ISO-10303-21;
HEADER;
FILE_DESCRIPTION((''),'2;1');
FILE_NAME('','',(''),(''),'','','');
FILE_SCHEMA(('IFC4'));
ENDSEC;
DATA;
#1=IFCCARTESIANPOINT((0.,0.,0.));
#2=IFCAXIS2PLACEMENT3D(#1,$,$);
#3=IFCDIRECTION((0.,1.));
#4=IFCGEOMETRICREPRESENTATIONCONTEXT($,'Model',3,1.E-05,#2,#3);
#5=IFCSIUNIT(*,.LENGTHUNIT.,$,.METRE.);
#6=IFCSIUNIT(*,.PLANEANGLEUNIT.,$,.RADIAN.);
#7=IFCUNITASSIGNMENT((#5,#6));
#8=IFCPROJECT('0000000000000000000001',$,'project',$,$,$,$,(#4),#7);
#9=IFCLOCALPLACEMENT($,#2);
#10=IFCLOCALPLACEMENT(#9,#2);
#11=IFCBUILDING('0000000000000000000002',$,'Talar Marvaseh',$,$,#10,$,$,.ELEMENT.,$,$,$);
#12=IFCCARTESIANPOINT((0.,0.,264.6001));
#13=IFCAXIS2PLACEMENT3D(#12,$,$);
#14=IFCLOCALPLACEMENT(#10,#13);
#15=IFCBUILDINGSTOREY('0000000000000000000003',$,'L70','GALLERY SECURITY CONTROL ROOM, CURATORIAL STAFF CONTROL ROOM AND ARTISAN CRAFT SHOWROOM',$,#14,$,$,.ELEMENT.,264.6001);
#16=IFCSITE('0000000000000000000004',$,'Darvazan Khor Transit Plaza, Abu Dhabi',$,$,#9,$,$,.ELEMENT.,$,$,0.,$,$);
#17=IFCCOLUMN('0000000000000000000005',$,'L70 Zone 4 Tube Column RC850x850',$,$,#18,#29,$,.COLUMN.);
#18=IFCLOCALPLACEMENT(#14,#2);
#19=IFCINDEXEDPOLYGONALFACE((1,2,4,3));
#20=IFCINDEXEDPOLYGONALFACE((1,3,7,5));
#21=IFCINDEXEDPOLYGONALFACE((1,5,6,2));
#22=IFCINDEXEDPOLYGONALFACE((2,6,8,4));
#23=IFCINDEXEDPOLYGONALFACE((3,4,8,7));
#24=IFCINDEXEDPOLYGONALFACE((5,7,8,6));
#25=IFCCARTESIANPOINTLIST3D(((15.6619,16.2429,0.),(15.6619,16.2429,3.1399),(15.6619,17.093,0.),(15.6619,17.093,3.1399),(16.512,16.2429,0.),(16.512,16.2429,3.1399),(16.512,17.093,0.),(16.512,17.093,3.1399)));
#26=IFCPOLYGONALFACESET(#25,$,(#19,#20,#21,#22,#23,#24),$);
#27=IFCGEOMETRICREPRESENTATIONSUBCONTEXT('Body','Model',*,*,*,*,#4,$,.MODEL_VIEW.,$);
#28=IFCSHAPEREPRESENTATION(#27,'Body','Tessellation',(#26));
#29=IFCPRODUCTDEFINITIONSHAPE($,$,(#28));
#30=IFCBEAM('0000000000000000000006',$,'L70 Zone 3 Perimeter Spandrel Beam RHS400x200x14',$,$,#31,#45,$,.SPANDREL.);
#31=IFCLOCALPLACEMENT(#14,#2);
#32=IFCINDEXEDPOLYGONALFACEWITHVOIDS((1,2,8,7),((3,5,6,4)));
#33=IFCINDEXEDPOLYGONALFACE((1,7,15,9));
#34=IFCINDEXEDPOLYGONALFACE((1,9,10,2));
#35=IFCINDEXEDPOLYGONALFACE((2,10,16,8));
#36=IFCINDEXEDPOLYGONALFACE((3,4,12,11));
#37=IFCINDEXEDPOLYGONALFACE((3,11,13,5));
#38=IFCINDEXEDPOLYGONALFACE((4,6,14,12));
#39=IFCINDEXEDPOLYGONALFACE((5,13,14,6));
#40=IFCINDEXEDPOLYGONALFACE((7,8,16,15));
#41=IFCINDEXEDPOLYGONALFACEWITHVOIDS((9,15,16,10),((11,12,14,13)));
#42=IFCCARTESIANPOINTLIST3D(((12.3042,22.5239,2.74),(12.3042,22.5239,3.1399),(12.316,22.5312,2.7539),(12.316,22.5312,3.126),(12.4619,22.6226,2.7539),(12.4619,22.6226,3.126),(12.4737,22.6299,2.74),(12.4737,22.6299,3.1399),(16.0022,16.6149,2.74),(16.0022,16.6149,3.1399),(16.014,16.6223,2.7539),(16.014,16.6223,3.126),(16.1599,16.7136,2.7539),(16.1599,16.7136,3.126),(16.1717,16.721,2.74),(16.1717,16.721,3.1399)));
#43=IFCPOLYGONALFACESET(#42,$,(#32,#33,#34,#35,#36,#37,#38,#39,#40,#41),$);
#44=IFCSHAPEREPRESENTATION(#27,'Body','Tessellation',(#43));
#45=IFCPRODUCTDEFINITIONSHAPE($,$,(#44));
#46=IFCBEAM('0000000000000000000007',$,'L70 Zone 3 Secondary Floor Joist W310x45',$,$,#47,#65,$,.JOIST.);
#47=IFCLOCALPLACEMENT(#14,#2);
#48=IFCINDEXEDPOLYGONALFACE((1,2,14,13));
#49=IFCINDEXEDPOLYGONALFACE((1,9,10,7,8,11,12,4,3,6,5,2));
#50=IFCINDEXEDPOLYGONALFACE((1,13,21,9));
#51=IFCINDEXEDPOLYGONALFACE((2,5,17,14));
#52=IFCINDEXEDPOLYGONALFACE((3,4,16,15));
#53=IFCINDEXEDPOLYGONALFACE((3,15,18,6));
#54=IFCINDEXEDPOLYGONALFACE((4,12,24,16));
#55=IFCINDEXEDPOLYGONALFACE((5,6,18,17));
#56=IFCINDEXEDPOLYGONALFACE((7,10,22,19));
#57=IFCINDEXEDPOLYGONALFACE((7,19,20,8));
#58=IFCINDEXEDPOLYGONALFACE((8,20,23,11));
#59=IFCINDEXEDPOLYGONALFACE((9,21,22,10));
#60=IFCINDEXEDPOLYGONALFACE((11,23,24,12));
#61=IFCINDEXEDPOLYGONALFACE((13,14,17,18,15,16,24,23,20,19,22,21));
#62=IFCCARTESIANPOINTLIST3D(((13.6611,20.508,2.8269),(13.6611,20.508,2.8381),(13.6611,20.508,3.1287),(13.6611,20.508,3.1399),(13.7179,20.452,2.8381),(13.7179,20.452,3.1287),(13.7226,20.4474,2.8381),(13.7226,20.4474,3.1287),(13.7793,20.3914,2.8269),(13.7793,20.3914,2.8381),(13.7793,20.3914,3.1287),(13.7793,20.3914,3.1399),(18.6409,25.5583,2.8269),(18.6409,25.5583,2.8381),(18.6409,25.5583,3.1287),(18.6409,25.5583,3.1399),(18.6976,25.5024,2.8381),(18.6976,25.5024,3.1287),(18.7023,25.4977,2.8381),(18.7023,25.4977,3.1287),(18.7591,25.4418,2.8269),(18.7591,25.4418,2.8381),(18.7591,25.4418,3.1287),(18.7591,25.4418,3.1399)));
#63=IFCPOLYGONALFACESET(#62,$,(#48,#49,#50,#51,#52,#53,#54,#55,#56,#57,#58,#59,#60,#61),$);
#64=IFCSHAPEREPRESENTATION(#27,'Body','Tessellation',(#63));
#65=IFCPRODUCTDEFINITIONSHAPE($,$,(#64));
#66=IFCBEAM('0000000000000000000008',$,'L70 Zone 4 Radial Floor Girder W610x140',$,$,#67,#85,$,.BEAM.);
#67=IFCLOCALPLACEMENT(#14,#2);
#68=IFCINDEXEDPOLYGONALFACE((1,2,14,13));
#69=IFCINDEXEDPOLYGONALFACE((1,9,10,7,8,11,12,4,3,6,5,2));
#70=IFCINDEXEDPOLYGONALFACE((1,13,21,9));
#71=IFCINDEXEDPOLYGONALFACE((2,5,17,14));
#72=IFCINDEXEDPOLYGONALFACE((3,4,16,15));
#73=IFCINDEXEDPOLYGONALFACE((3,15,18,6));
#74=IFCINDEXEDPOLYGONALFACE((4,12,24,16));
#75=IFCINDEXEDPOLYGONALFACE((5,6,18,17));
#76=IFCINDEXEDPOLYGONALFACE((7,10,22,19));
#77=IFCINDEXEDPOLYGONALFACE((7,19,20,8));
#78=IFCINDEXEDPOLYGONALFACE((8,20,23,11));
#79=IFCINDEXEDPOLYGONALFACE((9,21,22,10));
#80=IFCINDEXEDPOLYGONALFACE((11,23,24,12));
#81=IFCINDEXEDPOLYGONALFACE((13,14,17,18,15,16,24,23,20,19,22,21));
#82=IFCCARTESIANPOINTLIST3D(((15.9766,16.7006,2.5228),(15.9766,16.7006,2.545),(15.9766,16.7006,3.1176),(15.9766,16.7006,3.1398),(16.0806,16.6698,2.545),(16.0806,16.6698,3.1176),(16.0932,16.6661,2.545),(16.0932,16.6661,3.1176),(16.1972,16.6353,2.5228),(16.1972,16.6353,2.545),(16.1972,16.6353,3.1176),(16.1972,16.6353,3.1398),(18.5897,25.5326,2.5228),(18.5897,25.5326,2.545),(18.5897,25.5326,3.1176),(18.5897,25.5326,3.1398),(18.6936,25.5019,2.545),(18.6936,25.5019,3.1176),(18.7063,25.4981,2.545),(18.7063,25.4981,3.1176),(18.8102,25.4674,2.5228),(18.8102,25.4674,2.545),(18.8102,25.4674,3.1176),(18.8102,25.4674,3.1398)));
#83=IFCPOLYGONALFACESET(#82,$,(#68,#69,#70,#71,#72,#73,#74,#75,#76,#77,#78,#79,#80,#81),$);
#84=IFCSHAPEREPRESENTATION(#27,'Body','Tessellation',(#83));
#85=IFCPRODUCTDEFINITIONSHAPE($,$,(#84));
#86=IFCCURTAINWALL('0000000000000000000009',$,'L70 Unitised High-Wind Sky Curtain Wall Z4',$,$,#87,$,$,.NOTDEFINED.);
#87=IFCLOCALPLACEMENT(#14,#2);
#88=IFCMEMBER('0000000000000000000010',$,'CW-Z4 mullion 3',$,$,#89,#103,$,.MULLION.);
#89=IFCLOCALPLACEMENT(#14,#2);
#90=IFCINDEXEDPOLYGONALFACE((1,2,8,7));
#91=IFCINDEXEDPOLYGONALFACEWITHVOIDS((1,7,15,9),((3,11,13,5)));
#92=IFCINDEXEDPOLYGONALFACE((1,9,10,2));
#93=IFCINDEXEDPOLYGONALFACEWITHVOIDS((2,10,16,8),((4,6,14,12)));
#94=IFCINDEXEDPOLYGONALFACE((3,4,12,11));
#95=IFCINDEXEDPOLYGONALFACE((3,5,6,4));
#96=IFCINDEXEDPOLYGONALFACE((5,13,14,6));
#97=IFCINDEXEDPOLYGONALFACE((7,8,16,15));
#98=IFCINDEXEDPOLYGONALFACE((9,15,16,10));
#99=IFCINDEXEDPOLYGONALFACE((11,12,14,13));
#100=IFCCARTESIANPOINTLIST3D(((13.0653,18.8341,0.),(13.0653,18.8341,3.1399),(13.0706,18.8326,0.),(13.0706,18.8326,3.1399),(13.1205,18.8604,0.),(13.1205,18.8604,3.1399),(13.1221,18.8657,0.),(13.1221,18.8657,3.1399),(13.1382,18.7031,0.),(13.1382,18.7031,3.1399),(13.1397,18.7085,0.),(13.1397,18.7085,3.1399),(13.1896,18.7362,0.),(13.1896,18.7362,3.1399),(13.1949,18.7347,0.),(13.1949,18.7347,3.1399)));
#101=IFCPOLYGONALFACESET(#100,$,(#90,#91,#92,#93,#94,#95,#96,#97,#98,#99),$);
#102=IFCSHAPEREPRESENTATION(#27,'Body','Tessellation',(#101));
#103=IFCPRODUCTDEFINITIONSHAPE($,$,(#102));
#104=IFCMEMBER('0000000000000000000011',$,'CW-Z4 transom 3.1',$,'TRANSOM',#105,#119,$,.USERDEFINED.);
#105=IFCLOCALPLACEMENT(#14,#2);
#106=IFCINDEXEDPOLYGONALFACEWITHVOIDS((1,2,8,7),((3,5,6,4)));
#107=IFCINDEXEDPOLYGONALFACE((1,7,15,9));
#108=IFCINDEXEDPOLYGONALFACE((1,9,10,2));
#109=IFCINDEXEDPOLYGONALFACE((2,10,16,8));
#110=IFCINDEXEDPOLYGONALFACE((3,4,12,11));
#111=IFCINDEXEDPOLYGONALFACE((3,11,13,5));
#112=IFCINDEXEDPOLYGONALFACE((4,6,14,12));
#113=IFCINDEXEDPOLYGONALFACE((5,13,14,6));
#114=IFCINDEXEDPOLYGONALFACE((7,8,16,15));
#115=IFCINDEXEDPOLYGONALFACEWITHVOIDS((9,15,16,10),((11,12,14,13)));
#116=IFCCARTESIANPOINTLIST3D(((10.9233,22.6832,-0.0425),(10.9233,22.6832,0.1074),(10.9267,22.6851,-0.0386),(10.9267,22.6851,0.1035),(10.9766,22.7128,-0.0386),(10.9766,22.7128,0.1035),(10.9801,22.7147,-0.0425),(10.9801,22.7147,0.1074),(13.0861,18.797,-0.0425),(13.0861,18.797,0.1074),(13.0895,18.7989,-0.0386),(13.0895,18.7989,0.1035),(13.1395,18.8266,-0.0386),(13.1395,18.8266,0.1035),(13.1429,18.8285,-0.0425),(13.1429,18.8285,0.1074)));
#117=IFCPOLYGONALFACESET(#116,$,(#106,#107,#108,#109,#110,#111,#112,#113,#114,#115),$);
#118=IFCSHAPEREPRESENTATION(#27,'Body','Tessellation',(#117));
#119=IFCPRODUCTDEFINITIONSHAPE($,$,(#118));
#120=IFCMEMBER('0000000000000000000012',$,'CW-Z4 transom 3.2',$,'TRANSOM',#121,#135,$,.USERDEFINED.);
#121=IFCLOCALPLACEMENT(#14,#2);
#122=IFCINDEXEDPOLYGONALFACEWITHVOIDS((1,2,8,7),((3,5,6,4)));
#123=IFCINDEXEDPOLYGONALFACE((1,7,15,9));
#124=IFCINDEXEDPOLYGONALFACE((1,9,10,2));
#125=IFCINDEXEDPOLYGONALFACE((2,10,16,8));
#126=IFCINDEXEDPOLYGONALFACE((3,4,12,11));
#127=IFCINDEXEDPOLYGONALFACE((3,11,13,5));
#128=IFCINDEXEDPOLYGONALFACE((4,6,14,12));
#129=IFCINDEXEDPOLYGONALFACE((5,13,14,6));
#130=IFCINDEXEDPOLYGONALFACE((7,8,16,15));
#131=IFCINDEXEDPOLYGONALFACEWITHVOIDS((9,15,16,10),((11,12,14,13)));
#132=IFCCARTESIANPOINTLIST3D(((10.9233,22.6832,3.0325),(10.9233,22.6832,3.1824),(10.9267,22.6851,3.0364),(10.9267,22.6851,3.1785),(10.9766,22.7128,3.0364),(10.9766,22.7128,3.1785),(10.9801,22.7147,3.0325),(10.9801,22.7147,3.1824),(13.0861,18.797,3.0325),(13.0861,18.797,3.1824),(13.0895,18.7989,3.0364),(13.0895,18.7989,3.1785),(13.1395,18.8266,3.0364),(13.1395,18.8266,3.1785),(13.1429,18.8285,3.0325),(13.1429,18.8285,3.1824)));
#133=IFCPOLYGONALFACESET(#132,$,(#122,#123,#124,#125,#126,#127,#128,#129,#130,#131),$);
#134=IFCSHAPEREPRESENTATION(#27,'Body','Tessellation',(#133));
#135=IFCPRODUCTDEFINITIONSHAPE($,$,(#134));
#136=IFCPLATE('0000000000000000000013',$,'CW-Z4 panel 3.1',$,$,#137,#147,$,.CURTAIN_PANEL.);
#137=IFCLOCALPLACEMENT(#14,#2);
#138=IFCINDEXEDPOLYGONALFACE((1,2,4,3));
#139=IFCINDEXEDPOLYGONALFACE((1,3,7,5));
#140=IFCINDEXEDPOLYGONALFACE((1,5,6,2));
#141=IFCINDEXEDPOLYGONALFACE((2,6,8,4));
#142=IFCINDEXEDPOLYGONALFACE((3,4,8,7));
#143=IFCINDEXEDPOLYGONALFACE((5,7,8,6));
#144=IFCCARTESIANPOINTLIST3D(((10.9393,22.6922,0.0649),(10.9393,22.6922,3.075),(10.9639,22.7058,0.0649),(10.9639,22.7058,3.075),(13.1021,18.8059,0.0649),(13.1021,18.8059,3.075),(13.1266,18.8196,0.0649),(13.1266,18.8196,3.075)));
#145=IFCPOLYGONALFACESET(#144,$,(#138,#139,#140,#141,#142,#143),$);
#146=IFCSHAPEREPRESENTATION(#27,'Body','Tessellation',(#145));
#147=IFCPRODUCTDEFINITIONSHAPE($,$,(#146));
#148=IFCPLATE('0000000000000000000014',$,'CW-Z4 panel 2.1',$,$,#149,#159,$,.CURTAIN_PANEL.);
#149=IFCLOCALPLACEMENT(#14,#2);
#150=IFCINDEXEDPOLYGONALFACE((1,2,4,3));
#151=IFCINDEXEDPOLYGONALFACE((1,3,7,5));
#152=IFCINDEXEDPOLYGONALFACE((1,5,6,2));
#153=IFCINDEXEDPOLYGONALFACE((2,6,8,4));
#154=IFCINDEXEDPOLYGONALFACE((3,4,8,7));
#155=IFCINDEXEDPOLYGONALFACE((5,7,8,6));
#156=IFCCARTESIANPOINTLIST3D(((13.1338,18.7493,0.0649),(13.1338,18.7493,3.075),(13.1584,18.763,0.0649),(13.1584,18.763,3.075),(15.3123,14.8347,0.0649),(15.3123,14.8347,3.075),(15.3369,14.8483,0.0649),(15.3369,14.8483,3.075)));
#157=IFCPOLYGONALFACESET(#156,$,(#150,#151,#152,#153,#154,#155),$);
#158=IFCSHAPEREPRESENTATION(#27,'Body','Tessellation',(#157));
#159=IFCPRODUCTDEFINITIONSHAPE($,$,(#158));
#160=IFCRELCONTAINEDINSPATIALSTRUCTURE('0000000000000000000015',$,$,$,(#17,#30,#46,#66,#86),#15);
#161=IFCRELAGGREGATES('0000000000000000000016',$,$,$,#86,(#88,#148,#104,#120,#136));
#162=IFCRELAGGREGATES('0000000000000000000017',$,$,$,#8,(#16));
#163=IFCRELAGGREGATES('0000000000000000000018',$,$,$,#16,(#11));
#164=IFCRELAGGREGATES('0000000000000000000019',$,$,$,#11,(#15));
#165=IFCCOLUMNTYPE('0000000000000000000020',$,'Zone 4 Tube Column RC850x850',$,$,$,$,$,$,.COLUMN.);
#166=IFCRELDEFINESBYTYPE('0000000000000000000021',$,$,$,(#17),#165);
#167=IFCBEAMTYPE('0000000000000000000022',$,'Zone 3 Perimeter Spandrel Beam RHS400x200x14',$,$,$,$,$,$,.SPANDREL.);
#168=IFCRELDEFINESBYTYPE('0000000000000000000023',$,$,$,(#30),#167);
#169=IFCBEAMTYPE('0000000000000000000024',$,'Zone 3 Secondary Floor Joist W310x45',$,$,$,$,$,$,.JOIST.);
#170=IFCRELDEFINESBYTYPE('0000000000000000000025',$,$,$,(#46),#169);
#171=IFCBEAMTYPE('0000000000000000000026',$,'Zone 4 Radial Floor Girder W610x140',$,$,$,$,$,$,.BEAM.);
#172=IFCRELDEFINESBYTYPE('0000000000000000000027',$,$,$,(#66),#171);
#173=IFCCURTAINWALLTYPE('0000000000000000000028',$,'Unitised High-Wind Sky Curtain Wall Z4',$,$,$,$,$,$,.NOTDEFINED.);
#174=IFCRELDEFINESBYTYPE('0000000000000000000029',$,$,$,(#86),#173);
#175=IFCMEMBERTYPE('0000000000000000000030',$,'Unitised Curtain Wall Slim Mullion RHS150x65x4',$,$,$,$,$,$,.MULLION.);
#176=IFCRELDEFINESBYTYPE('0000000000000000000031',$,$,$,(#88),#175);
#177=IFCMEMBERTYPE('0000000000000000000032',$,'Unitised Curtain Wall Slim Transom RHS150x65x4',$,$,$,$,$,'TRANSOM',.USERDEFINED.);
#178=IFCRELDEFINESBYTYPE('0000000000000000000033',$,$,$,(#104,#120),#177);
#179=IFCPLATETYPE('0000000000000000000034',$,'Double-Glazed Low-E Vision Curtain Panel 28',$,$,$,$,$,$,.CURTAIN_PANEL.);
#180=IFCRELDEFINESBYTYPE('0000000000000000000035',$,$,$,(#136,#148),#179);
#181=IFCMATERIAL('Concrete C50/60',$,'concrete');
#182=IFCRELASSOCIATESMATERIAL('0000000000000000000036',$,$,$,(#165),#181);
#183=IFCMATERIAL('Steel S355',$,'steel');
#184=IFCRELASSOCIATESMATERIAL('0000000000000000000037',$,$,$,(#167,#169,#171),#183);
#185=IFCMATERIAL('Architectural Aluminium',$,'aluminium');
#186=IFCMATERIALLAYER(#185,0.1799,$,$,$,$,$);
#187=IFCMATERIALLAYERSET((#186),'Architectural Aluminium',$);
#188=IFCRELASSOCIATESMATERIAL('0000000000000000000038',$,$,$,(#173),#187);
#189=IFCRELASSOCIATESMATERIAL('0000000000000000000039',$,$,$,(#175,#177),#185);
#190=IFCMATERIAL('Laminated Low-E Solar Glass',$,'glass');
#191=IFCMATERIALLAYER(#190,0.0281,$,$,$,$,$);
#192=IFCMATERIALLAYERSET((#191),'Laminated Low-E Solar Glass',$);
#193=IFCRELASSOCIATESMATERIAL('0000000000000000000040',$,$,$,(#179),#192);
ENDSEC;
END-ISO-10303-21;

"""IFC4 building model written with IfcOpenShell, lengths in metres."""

from ifc_helpers import new_model, si_unit, direction, frame, origin, origin_2d, place, context, subcontext, project, spatial, rectangle, hollow_rectangle, i_section, extrude, source, transform, mapped, material, layer, layer_set, material_profile, profile_set, type_object, type_shapes, element, aggregate, save


model = new_model("IFC4")

# Units and contexts
model_context = context("Model", 3, precision=1e-05, world=origin(), true_north=direction((0.0, 1.0)))
body_context = subcontext(model_context, "Body", "Model", "MODEL_VIEW")
ifc_project = project(units=[si_unit("LENGTHUNIT", "METRE"), si_unit("PLANEANGLEUNIT", "RADIAN")], contexts=[model_context])

# Site, building, storey
site_placement = place(None, origin())
site = spatial("IfcSite", under=ifc_project, at=site_placement, Name="Darvazan Khor Transit Plaza, Abu Dhabi", CompositionType="ELEMENT", RefElevation=0.0)
building_placement = place(site_placement, origin())
building = spatial("IfcBuilding", under=site, at=building_placement, Name="Talar Marvaseh", CompositionType="ELEMENT")
storey_placement = place(building_placement, frame((0.0, 0.0, 264.6001)))
storey = spatial("IfcBuildingStorey", under=building, at=storey_placement, Name="L70", Description="GALLERY SECURITY CONTROL ROOM, CURATORIAL STAFF CONTROL ROOM AND ARTISAN CRAFT SHOWROOM", CompositionType="ELEMENT", Elevation=264.6001)

# Column
ifc_material_1 = material(Name="Concrete C50/60", Category="concrete")
ifc_material_profile_1 = material_profile(ifc_material_1, rectangle(XDim=0.8501, YDim=0.8501, at=origin_2d()), Name="RC850x850")
ifc_profile_set_1 = profile_set([ifc_material_profile_1], Name="Concrete C50/60")
column_type = type_object("IfcColumnType", Name="Zone 4 Tube Column RC850x850", PredefinedType="COLUMN", material=ifc_profile_set_1)
column_placement = place(storey_placement, frame((16.0869, 16.668, 0.0), z_axis=(0.0, 0.0, 1.0), x_axis=(1.0, 0.0, 0.0)))
element("IfcColumn", 1, at=column_placement, inside=storey, type_object=column_type, Name="L70 Zone 4 Tube Column RC850x850", PredefinedType="COLUMN", context=body_context, shape_type="SweptSolid", body=[
    extrude(rectangle(XDim=0.8501, YDim=0.8501, at=origin_2d()), origin(), (0.0, 0.0, 1.0), 3.1399),
])

# Beams
ifc_material_2 = material(Name="Steel S355", Category="steel")
ifc_material_profile_2 = material_profile(ifc_material_2, hollow_rectangle(XDim=0.2, YDim=0.3999, WallThickness=0.0139, at=origin_2d()), Name="RHS400x200x14")
ifc_profile_set_2 = profile_set([ifc_material_profile_2], Name="Steel S355")
beam_type_1 = type_object("IfcBeamType", Name="Zone 3 Perimeter Spandrel Beam RHS400x200x14", PredefinedType="SPANDREL", material=ifc_profile_set_2)
beam_1_placement = place(storey_placement, frame((16.0869, 16.668, 2.9399), z_axis=(-0.530506, 0.847681, 0.0), x_axis=(-0.847681, -0.530506, 0.0)))
element("IfcBeam", 2, at=beam_1_placement, inside=storey, type_object=beam_type_1, Name="L70 Zone 3 Perimeter Spandrel Beam RHS400x200x14", PredefinedType="SPANDREL", context=body_context, shape_type="SweptSolid", body=[
    extrude(hollow_rectangle(XDim=0.2, YDim=0.3999, WallThickness=0.0139, at=origin_2d()), origin(), (0.0, 0.0, 1.0), 6.9707),
])
ifc_material_profile_3 = material_profile(ifc_material_2, i_section(OverallWidth=0.166, OverallDepth=0.313, WebThickness=0.0066, FlangeThickness=0.0112, at=origin_2d()), Name="W310x45")
ifc_profile_set_3 = profile_set([ifc_material_profile_3], Name="Steel S355")
beam_type_2 = type_object("IfcBeamType", Name="Zone 3 Secondary Floor Joist W310x45", PredefinedType="JOIST", material=ifc_profile_set_3)
beam_2_placement = place(storey_placement, frame((13.7202, 20.4497, 2.9834), z_axis=(0.702115, 0.712063, 0.0), x_axis=(-0.712063, 0.702115, 0.0)))
element("IfcBeam", 3, at=beam_2_placement, inside=storey, type_object=beam_type_2, Name="L70 Zone 3 Secondary Floor Joist W310x45", PredefinedType="JOIST", context=body_context, shape_type="SweptSolid", body=[
    extrude(i_section(OverallWidth=0.166, OverallDepth=0.313, WebThickness=0.0066, FlangeThickness=0.0112, at=origin_2d()), origin(), (0.0, 0.0, 1.0), 7.0925),
])
ifc_material_profile_4 = material_profile(ifc_material_2, i_section(OverallWidth=0.23, OverallDepth=0.6169, WebThickness=0.0132, FlangeThickness=0.0222, at=origin_2d()), Name="W610x140")
ifc_profile_set_4 = profile_set([ifc_material_profile_4], Name="Steel S355")
beam_type_3 = type_object("IfcBeamType", Name="Zone 4 Radial Floor Girder W610x140", PredefinedType="BEAM", material=ifc_profile_set_4)
beam_3_placement = place(storey_placement, frame((16.0869, 16.668, 2.8313), z_axis=(0.283703, 0.958912, 0.0), x_axis=(-0.958912, 0.283703, 0.0)))
element("IfcBeam", 4, at=beam_3_placement, inside=storey, type_object=beam_type_3, Name="L70 Zone 4 Radial Floor Girder W610x140", PredefinedType="BEAM", context=body_context, shape_type="SweptSolid", body=[
    extrude(i_section(OverallWidth=0.23, OverallDepth=0.6169, WebThickness=0.0132, FlangeThickness=0.0222, at=origin_2d()), origin(), (0.0, 0.0, 1.0), 9.2104),
])

# Curtain wall, members, plates
ifc_material_3 = material(Name="Architectural Aluminium", Category="aluminium")
ifc_layer_1 = layer(ifc_material_3, 0.1799)
ifc_layer_set_1 = layer_set([ifc_layer_1], Name="Architectural Aluminium")
curtain_wall_type = type_object("IfcCurtainWallType", Name="Unitised High-Wind Sky Curtain Wall Z4", PredefinedType="NOTDEFINED", material=ifc_layer_set_1)
curtain_wall_placement = place(storey_placement, origin())
curtain_wall = element("IfcCurtainWall", 5, at=curtain_wall_placement, inside=storey, type_object=curtain_wall_type, Name="L70 Unitised High-Wind Sky Curtain Wall Z4", PredefinedType="NOTDEFINED")
ifc_material_profile_5 = material_profile(ifc_material_3, hollow_rectangle(XDim=0.0649, YDim=0.1499, WallThickness=0.0039, at=origin_2d()), Name="RHS150x65x4")
ifc_profile_set_5 = profile_set([ifc_material_profile_5], Name="Architectural Aluminium")
member_type_1 = type_object("IfcMemberType", Name="Unitised Curtain Wall Slim Mullion RHS150x65x4", PredefinedType="MULLION", material=ifc_profile_set_5)
shared_shape_1 = source(origin(), body_context, "Body", "SweptSolid", [
    extrude(hollow_rectangle(XDim=0.0649, YDim=0.1499, WallThickness=0.0039, at=origin_2d()), origin(), (0.0, 0.0, 1.0), 3.1399),
])
type_shapes(member_type_1, [shared_shape_1])
member_1_placement = place(storey_placement, frame((13.1301, 18.7844, 0.0), z_axis=(0.0, 0.0, 1.0), x_axis=(-0.873803, -0.486279, 0.0)))
member_1 = element("IfcMember", 6, at=member_1_placement, type_object=member_type_1, Name="CW-Z4 mullion 3", PredefinedType="MULLION", context=body_context, shape_type="MappedRepresentation", body=[
    mapped(shared_shape_1, transform((0.0, 0.0, 0.0), x_axis=(1.0, 0.0, 0.0), y_axis=(0.0, 1.0, 0.0), z_axis=(0.0, 0.0, 1.0), scale=1.0)),
])
ifc_material_profile_6 = material_profile(ifc_material_3, hollow_rectangle(XDim=0.0649, YDim=0.1499, WallThickness=0.0039, at=origin_2d()), Name="RHS150x65x4")
ifc_profile_set_6 = profile_set([ifc_material_profile_6], Name="Architectural Aluminium")
member_type_2 = type_object("IfcMemberType", Name="Unitised Curtain Wall Slim Transom RHS150x65x4", ElementType="TRANSOM", PredefinedType="USERDEFINED", material=ifc_profile_set_6)
shared_shape_2 = source(origin(), body_context, "Body", "SweptSolid", [
    extrude(hollow_rectangle(XDim=0.0649, YDim=0.1499, WallThickness=0.0039, at=origin_2d()), origin(), (0.0, 0.0, 1.0), 4.4475),
])
type_shapes(member_type_2, [shared_shape_2])
member_2_placement = place(storey_placement, frame((13.1145, 18.8127, 0.0325), z_axis=(-0.4863, 0.873792, 0.0), x_axis=(-0.873792, -0.4863, 0.0)))
member_2 = element("IfcMember", 7, at=member_2_placement, type_object=member_type_2, Name="CW-Z4 transom 3.1", ObjectType="TRANSOM", PredefinedType="USERDEFINED", context=body_context, shape_type="MappedRepresentation", body=[
    mapped(shared_shape_2, transform((0.0, 0.0, 0.0), x_axis=(1.0, 0.0, 0.0), y_axis=(0.0, 1.0, 0.0), z_axis=(0.0, 0.0, 1.0), scale=1.0)),
])
member_3_placement = place(storey_placement, frame((13.1145, 18.8127, 3.1074), z_axis=(-0.4863, 0.873792, 0.0), x_axis=(-0.873792, -0.4863, 0.0)))
member_3 = element("IfcMember", 8, at=member_3_placement, type_object=member_type_2, Name="CW-Z4 transom 3.2", ObjectType="TRANSOM", PredefinedType="USERDEFINED", context=body_context, shape_type="MappedRepresentation", body=[
    mapped(shared_shape_2, transform((0.0, 0.0, 0.0), x_axis=(1.0, 0.0, 0.0), y_axis=(0.0, 1.0, 0.0), z_axis=(0.0, 0.0, 1.0), scale=1.0)),
])
ifc_material_4 = material(Name="Laminated Low-E Solar Glass", Category="glass")
ifc_layer_2 = layer(ifc_material_4, 0.0281)
ifc_layer_set_2 = layer_set([ifc_layer_2], Name="Laminated Low-E Solar Glass")
plate_type = type_object("IfcPlateType", Name="Double-Glazed Low-E Vision Curtain Panel 28", PredefinedType="CURTAIN_PANEL", material=ifc_layer_set_2)
shared_shape_3 = source(origin(), body_context, "Body", "SweptSolid", [
    extrude(rectangle(XDim=4.4475, YDim=0.0281, at=origin_2d()), origin(), (0.0, 0.0, 1.0), 3.01),
])
plate_1_placement = place(storey_placement, frame((12.033, 20.7559, 0.0649), z_axis=(0.0, 0.0, 1.0), x_axis=(-0.486279, 0.873803, 0.0)))
plate_1 = element("IfcPlate", 9, at=plate_1_placement, type_object=plate_type, Name="CW-Z4 panel 3.1", PredefinedType="CURTAIN_PANEL", context=body_context, shape_type="MappedRepresentation", body=[
    mapped(shared_shape_3, transform((0.0, 0.0, 0.0), x_axis=(1.0, 0.0, 0.0), y_axis=(0.0, 1.0, 0.0), z_axis=(0.0, 0.0, 1.0), scale=1.0)),
])
shared_shape_4 = source(origin(), body_context, "Body", "SweptSolid", [
    extrude(rectangle(XDim=4.48, YDim=0.0281, at=origin_2d()), origin(), (0.0, 0.0, 1.0), 3.01),
])
type_shapes(plate_type, [shared_shape_3, shared_shape_4])
plate_2_placement = place(storey_placement, frame((14.2354, 16.7988, 0.0649), z_axis=(0.0, 0.0, 1.0), x_axis=(-0.486279, 0.873803, 0.0)))
plate_2 = element("IfcPlate", 10, at=plate_2_placement, type_object=plate_type, Name="CW-Z4 panel 2.1", PredefinedType="CURTAIN_PANEL", context=body_context, shape_type="MappedRepresentation", body=[
    mapped(shared_shape_4, transform((0.0, 0.0, 0.0), x_axis=(1.0, 0.0, 0.0), y_axis=(0.0, 1.0, 0.0), z_axis=(0.0, 0.0, 1.0), scale=1.0)),
])
aggregate(curtain_wall, [member_1, plate_2, member_2, member_3, plate_1])

save(model, "model.ifc")
